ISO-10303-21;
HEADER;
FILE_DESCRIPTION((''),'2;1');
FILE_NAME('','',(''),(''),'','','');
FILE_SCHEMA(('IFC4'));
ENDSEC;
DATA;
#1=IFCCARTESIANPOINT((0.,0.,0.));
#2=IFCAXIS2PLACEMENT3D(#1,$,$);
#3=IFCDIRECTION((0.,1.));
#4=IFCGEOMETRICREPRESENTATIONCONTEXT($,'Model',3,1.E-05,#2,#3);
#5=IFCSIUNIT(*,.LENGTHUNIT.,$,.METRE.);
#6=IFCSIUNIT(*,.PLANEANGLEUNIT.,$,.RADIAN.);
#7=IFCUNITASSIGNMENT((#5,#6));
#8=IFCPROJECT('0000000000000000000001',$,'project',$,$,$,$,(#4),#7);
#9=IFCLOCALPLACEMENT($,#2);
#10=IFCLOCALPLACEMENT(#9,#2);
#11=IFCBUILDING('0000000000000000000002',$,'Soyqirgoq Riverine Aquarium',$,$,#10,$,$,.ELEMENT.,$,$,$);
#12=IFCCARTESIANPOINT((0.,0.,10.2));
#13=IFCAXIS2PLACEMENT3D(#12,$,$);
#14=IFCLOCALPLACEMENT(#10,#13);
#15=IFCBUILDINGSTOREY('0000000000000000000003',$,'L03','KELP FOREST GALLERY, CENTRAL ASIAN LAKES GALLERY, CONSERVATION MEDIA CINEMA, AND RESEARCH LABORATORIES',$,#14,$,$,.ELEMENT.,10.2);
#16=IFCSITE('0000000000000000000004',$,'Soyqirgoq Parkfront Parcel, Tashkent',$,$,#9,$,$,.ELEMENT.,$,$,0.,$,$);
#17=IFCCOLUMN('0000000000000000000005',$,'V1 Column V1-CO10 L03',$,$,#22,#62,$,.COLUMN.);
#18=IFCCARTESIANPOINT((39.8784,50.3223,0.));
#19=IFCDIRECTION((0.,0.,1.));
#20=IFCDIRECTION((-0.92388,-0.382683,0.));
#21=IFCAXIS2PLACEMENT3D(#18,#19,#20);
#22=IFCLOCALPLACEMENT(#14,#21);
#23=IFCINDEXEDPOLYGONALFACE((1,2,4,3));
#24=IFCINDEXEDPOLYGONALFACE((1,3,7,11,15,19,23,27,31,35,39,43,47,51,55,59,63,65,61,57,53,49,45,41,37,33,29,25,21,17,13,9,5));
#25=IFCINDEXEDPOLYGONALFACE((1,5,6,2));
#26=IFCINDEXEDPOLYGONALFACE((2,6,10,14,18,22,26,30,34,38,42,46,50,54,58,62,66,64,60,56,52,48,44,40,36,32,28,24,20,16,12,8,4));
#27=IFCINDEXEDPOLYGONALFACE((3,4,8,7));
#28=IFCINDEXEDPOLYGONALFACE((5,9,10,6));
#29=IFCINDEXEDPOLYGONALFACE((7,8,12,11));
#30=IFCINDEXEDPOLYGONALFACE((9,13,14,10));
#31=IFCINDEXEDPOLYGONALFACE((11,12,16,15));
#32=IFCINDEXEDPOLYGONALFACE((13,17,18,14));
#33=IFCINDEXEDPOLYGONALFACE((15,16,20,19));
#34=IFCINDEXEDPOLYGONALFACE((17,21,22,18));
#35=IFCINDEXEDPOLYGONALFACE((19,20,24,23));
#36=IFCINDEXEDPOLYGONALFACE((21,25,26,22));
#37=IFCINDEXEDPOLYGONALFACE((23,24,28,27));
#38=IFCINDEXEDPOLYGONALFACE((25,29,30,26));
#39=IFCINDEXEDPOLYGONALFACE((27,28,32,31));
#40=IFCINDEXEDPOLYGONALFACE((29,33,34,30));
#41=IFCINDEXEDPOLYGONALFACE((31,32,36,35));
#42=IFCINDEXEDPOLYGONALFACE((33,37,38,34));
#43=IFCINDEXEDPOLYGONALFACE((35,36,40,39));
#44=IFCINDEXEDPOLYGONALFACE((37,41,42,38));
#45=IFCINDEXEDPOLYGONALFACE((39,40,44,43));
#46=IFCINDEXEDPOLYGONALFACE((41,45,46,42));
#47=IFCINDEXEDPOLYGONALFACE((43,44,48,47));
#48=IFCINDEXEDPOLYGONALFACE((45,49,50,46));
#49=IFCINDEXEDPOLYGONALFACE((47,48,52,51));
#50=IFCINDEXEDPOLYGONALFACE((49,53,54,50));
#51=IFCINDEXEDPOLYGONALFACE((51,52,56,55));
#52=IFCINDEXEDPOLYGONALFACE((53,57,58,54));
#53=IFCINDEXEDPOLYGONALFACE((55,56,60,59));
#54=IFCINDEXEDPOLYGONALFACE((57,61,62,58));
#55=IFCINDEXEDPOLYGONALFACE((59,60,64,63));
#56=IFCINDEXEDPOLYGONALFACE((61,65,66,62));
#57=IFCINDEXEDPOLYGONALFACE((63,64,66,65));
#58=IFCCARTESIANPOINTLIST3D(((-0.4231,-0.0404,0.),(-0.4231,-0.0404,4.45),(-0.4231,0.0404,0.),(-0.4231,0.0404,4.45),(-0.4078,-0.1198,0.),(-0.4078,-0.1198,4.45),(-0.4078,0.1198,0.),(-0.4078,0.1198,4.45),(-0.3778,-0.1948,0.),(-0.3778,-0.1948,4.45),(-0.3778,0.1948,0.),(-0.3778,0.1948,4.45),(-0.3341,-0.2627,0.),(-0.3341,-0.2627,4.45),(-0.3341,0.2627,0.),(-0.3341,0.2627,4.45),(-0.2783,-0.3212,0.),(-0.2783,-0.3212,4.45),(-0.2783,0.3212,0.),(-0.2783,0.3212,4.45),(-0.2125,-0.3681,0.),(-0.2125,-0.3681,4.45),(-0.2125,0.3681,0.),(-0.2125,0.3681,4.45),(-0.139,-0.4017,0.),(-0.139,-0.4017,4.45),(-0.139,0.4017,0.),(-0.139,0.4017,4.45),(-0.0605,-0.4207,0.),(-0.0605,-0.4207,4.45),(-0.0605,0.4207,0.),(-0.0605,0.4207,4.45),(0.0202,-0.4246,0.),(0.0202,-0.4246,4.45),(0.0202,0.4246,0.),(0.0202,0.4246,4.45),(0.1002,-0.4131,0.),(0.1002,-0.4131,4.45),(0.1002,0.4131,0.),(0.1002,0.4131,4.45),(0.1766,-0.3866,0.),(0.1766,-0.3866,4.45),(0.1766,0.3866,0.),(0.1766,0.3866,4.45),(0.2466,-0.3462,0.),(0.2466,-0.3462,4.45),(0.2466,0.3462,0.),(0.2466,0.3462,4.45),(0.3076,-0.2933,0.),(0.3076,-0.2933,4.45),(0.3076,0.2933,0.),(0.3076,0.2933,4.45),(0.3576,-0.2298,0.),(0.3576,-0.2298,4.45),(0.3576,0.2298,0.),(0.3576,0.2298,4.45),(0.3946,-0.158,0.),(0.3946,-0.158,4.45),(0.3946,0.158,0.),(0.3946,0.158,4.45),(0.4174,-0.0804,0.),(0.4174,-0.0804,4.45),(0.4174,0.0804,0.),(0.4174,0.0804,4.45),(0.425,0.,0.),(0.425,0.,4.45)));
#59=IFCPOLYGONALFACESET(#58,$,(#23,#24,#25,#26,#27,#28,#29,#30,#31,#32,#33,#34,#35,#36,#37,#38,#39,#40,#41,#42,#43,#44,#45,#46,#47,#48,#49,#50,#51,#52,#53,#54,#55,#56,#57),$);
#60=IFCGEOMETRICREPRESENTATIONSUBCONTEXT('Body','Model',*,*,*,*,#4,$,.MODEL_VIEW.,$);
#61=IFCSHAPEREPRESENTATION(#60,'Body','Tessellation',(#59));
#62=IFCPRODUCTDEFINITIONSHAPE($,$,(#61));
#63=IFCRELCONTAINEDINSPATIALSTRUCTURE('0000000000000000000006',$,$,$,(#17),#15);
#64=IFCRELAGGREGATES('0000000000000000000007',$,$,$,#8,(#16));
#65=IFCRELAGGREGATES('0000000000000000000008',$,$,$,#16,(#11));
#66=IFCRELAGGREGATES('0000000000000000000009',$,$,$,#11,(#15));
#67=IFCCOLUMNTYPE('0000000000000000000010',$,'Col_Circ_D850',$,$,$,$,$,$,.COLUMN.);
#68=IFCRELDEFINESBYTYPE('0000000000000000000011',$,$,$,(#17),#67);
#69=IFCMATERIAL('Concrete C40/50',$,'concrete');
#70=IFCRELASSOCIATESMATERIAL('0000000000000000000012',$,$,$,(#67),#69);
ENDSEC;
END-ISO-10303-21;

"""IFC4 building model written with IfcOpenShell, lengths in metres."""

from ifc_helpers import new_model, si_unit, direction, frame, origin, origin_2d, place, context, subcontext, project, spatial, circle, extrude, material, material_profile, profile_set, type_object, element, save


model = new_model("IFC4")

# Units and contexts
model_context = context("Model", 3, precision=1e-05, world=origin(), true_north=direction((0.0, 1.0)))
body_context = subcontext(model_context, "Body", "Model", "MODEL_VIEW")
ifc_project = project(units=[si_unit("LENGTHUNIT", "METRE"), si_unit("PLANEANGLEUNIT", "RADIAN")], contexts=[model_context])

# Site, building, storey
site_placement = place(None, origin())
site = spatial("IfcSite", under=ifc_project, at=site_placement, Name="Soyqirgoq Parkfront Parcel, Tashkent", CompositionType="ELEMENT", RefElevation=0.0)
building_placement = place(site_placement, origin())
building = spatial("IfcBuilding", under=site, at=building_placement, Name="Soyqirgoq Riverine Aquarium", CompositionType="ELEMENT")
storey_placement = place(building_placement, frame((0.0, 0.0, 10.2)))
storey = spatial("IfcBuildingStorey", under=building, at=storey_placement, Name="L03", Description="KELP FOREST GALLERY, CENTRAL ASIAN LAKES GALLERY, CONSERVATION MEDIA CINEMA, AND RESEARCH LABORATORIES", CompositionType="ELEMENT", Elevation=10.2)

# Column
ifc_material_1 = material(Name="Concrete C40/50", Category="concrete")
ifc_material_profile_1 = material_profile(ifc_material_1, circle(Radius=0.425, at=origin_2d()), Name="RC-COL D850")
ifc_profile_set_1 = profile_set([ifc_material_profile_1], Name="Concrete C40/50")
column_type_1 = type_object("IfcColumnType", Name="Col_Circ_D850", PredefinedType="COLUMN", material=ifc_profile_set_1)
column_1_placement = place(storey_placement, frame((39.8784, 50.3223, 0.0), z_axis=(0.0, 0.0, 1.0), x_axis=(-0.92388, -0.382683, 0.0)))
element("IfcColumn", 1, at=column_1_placement, inside=storey, type_object=column_type_1, Name="V1 Column V1-CO10 L03", PredefinedType="COLUMN", context=body_context, shape_type="SweptSolid", body=[
    extrude(circle(Radius=0.425, at=origin_2d()), origin(), (0.0, 0.0, 1.0), 4.45),
])

save(model, "model.ifc")
